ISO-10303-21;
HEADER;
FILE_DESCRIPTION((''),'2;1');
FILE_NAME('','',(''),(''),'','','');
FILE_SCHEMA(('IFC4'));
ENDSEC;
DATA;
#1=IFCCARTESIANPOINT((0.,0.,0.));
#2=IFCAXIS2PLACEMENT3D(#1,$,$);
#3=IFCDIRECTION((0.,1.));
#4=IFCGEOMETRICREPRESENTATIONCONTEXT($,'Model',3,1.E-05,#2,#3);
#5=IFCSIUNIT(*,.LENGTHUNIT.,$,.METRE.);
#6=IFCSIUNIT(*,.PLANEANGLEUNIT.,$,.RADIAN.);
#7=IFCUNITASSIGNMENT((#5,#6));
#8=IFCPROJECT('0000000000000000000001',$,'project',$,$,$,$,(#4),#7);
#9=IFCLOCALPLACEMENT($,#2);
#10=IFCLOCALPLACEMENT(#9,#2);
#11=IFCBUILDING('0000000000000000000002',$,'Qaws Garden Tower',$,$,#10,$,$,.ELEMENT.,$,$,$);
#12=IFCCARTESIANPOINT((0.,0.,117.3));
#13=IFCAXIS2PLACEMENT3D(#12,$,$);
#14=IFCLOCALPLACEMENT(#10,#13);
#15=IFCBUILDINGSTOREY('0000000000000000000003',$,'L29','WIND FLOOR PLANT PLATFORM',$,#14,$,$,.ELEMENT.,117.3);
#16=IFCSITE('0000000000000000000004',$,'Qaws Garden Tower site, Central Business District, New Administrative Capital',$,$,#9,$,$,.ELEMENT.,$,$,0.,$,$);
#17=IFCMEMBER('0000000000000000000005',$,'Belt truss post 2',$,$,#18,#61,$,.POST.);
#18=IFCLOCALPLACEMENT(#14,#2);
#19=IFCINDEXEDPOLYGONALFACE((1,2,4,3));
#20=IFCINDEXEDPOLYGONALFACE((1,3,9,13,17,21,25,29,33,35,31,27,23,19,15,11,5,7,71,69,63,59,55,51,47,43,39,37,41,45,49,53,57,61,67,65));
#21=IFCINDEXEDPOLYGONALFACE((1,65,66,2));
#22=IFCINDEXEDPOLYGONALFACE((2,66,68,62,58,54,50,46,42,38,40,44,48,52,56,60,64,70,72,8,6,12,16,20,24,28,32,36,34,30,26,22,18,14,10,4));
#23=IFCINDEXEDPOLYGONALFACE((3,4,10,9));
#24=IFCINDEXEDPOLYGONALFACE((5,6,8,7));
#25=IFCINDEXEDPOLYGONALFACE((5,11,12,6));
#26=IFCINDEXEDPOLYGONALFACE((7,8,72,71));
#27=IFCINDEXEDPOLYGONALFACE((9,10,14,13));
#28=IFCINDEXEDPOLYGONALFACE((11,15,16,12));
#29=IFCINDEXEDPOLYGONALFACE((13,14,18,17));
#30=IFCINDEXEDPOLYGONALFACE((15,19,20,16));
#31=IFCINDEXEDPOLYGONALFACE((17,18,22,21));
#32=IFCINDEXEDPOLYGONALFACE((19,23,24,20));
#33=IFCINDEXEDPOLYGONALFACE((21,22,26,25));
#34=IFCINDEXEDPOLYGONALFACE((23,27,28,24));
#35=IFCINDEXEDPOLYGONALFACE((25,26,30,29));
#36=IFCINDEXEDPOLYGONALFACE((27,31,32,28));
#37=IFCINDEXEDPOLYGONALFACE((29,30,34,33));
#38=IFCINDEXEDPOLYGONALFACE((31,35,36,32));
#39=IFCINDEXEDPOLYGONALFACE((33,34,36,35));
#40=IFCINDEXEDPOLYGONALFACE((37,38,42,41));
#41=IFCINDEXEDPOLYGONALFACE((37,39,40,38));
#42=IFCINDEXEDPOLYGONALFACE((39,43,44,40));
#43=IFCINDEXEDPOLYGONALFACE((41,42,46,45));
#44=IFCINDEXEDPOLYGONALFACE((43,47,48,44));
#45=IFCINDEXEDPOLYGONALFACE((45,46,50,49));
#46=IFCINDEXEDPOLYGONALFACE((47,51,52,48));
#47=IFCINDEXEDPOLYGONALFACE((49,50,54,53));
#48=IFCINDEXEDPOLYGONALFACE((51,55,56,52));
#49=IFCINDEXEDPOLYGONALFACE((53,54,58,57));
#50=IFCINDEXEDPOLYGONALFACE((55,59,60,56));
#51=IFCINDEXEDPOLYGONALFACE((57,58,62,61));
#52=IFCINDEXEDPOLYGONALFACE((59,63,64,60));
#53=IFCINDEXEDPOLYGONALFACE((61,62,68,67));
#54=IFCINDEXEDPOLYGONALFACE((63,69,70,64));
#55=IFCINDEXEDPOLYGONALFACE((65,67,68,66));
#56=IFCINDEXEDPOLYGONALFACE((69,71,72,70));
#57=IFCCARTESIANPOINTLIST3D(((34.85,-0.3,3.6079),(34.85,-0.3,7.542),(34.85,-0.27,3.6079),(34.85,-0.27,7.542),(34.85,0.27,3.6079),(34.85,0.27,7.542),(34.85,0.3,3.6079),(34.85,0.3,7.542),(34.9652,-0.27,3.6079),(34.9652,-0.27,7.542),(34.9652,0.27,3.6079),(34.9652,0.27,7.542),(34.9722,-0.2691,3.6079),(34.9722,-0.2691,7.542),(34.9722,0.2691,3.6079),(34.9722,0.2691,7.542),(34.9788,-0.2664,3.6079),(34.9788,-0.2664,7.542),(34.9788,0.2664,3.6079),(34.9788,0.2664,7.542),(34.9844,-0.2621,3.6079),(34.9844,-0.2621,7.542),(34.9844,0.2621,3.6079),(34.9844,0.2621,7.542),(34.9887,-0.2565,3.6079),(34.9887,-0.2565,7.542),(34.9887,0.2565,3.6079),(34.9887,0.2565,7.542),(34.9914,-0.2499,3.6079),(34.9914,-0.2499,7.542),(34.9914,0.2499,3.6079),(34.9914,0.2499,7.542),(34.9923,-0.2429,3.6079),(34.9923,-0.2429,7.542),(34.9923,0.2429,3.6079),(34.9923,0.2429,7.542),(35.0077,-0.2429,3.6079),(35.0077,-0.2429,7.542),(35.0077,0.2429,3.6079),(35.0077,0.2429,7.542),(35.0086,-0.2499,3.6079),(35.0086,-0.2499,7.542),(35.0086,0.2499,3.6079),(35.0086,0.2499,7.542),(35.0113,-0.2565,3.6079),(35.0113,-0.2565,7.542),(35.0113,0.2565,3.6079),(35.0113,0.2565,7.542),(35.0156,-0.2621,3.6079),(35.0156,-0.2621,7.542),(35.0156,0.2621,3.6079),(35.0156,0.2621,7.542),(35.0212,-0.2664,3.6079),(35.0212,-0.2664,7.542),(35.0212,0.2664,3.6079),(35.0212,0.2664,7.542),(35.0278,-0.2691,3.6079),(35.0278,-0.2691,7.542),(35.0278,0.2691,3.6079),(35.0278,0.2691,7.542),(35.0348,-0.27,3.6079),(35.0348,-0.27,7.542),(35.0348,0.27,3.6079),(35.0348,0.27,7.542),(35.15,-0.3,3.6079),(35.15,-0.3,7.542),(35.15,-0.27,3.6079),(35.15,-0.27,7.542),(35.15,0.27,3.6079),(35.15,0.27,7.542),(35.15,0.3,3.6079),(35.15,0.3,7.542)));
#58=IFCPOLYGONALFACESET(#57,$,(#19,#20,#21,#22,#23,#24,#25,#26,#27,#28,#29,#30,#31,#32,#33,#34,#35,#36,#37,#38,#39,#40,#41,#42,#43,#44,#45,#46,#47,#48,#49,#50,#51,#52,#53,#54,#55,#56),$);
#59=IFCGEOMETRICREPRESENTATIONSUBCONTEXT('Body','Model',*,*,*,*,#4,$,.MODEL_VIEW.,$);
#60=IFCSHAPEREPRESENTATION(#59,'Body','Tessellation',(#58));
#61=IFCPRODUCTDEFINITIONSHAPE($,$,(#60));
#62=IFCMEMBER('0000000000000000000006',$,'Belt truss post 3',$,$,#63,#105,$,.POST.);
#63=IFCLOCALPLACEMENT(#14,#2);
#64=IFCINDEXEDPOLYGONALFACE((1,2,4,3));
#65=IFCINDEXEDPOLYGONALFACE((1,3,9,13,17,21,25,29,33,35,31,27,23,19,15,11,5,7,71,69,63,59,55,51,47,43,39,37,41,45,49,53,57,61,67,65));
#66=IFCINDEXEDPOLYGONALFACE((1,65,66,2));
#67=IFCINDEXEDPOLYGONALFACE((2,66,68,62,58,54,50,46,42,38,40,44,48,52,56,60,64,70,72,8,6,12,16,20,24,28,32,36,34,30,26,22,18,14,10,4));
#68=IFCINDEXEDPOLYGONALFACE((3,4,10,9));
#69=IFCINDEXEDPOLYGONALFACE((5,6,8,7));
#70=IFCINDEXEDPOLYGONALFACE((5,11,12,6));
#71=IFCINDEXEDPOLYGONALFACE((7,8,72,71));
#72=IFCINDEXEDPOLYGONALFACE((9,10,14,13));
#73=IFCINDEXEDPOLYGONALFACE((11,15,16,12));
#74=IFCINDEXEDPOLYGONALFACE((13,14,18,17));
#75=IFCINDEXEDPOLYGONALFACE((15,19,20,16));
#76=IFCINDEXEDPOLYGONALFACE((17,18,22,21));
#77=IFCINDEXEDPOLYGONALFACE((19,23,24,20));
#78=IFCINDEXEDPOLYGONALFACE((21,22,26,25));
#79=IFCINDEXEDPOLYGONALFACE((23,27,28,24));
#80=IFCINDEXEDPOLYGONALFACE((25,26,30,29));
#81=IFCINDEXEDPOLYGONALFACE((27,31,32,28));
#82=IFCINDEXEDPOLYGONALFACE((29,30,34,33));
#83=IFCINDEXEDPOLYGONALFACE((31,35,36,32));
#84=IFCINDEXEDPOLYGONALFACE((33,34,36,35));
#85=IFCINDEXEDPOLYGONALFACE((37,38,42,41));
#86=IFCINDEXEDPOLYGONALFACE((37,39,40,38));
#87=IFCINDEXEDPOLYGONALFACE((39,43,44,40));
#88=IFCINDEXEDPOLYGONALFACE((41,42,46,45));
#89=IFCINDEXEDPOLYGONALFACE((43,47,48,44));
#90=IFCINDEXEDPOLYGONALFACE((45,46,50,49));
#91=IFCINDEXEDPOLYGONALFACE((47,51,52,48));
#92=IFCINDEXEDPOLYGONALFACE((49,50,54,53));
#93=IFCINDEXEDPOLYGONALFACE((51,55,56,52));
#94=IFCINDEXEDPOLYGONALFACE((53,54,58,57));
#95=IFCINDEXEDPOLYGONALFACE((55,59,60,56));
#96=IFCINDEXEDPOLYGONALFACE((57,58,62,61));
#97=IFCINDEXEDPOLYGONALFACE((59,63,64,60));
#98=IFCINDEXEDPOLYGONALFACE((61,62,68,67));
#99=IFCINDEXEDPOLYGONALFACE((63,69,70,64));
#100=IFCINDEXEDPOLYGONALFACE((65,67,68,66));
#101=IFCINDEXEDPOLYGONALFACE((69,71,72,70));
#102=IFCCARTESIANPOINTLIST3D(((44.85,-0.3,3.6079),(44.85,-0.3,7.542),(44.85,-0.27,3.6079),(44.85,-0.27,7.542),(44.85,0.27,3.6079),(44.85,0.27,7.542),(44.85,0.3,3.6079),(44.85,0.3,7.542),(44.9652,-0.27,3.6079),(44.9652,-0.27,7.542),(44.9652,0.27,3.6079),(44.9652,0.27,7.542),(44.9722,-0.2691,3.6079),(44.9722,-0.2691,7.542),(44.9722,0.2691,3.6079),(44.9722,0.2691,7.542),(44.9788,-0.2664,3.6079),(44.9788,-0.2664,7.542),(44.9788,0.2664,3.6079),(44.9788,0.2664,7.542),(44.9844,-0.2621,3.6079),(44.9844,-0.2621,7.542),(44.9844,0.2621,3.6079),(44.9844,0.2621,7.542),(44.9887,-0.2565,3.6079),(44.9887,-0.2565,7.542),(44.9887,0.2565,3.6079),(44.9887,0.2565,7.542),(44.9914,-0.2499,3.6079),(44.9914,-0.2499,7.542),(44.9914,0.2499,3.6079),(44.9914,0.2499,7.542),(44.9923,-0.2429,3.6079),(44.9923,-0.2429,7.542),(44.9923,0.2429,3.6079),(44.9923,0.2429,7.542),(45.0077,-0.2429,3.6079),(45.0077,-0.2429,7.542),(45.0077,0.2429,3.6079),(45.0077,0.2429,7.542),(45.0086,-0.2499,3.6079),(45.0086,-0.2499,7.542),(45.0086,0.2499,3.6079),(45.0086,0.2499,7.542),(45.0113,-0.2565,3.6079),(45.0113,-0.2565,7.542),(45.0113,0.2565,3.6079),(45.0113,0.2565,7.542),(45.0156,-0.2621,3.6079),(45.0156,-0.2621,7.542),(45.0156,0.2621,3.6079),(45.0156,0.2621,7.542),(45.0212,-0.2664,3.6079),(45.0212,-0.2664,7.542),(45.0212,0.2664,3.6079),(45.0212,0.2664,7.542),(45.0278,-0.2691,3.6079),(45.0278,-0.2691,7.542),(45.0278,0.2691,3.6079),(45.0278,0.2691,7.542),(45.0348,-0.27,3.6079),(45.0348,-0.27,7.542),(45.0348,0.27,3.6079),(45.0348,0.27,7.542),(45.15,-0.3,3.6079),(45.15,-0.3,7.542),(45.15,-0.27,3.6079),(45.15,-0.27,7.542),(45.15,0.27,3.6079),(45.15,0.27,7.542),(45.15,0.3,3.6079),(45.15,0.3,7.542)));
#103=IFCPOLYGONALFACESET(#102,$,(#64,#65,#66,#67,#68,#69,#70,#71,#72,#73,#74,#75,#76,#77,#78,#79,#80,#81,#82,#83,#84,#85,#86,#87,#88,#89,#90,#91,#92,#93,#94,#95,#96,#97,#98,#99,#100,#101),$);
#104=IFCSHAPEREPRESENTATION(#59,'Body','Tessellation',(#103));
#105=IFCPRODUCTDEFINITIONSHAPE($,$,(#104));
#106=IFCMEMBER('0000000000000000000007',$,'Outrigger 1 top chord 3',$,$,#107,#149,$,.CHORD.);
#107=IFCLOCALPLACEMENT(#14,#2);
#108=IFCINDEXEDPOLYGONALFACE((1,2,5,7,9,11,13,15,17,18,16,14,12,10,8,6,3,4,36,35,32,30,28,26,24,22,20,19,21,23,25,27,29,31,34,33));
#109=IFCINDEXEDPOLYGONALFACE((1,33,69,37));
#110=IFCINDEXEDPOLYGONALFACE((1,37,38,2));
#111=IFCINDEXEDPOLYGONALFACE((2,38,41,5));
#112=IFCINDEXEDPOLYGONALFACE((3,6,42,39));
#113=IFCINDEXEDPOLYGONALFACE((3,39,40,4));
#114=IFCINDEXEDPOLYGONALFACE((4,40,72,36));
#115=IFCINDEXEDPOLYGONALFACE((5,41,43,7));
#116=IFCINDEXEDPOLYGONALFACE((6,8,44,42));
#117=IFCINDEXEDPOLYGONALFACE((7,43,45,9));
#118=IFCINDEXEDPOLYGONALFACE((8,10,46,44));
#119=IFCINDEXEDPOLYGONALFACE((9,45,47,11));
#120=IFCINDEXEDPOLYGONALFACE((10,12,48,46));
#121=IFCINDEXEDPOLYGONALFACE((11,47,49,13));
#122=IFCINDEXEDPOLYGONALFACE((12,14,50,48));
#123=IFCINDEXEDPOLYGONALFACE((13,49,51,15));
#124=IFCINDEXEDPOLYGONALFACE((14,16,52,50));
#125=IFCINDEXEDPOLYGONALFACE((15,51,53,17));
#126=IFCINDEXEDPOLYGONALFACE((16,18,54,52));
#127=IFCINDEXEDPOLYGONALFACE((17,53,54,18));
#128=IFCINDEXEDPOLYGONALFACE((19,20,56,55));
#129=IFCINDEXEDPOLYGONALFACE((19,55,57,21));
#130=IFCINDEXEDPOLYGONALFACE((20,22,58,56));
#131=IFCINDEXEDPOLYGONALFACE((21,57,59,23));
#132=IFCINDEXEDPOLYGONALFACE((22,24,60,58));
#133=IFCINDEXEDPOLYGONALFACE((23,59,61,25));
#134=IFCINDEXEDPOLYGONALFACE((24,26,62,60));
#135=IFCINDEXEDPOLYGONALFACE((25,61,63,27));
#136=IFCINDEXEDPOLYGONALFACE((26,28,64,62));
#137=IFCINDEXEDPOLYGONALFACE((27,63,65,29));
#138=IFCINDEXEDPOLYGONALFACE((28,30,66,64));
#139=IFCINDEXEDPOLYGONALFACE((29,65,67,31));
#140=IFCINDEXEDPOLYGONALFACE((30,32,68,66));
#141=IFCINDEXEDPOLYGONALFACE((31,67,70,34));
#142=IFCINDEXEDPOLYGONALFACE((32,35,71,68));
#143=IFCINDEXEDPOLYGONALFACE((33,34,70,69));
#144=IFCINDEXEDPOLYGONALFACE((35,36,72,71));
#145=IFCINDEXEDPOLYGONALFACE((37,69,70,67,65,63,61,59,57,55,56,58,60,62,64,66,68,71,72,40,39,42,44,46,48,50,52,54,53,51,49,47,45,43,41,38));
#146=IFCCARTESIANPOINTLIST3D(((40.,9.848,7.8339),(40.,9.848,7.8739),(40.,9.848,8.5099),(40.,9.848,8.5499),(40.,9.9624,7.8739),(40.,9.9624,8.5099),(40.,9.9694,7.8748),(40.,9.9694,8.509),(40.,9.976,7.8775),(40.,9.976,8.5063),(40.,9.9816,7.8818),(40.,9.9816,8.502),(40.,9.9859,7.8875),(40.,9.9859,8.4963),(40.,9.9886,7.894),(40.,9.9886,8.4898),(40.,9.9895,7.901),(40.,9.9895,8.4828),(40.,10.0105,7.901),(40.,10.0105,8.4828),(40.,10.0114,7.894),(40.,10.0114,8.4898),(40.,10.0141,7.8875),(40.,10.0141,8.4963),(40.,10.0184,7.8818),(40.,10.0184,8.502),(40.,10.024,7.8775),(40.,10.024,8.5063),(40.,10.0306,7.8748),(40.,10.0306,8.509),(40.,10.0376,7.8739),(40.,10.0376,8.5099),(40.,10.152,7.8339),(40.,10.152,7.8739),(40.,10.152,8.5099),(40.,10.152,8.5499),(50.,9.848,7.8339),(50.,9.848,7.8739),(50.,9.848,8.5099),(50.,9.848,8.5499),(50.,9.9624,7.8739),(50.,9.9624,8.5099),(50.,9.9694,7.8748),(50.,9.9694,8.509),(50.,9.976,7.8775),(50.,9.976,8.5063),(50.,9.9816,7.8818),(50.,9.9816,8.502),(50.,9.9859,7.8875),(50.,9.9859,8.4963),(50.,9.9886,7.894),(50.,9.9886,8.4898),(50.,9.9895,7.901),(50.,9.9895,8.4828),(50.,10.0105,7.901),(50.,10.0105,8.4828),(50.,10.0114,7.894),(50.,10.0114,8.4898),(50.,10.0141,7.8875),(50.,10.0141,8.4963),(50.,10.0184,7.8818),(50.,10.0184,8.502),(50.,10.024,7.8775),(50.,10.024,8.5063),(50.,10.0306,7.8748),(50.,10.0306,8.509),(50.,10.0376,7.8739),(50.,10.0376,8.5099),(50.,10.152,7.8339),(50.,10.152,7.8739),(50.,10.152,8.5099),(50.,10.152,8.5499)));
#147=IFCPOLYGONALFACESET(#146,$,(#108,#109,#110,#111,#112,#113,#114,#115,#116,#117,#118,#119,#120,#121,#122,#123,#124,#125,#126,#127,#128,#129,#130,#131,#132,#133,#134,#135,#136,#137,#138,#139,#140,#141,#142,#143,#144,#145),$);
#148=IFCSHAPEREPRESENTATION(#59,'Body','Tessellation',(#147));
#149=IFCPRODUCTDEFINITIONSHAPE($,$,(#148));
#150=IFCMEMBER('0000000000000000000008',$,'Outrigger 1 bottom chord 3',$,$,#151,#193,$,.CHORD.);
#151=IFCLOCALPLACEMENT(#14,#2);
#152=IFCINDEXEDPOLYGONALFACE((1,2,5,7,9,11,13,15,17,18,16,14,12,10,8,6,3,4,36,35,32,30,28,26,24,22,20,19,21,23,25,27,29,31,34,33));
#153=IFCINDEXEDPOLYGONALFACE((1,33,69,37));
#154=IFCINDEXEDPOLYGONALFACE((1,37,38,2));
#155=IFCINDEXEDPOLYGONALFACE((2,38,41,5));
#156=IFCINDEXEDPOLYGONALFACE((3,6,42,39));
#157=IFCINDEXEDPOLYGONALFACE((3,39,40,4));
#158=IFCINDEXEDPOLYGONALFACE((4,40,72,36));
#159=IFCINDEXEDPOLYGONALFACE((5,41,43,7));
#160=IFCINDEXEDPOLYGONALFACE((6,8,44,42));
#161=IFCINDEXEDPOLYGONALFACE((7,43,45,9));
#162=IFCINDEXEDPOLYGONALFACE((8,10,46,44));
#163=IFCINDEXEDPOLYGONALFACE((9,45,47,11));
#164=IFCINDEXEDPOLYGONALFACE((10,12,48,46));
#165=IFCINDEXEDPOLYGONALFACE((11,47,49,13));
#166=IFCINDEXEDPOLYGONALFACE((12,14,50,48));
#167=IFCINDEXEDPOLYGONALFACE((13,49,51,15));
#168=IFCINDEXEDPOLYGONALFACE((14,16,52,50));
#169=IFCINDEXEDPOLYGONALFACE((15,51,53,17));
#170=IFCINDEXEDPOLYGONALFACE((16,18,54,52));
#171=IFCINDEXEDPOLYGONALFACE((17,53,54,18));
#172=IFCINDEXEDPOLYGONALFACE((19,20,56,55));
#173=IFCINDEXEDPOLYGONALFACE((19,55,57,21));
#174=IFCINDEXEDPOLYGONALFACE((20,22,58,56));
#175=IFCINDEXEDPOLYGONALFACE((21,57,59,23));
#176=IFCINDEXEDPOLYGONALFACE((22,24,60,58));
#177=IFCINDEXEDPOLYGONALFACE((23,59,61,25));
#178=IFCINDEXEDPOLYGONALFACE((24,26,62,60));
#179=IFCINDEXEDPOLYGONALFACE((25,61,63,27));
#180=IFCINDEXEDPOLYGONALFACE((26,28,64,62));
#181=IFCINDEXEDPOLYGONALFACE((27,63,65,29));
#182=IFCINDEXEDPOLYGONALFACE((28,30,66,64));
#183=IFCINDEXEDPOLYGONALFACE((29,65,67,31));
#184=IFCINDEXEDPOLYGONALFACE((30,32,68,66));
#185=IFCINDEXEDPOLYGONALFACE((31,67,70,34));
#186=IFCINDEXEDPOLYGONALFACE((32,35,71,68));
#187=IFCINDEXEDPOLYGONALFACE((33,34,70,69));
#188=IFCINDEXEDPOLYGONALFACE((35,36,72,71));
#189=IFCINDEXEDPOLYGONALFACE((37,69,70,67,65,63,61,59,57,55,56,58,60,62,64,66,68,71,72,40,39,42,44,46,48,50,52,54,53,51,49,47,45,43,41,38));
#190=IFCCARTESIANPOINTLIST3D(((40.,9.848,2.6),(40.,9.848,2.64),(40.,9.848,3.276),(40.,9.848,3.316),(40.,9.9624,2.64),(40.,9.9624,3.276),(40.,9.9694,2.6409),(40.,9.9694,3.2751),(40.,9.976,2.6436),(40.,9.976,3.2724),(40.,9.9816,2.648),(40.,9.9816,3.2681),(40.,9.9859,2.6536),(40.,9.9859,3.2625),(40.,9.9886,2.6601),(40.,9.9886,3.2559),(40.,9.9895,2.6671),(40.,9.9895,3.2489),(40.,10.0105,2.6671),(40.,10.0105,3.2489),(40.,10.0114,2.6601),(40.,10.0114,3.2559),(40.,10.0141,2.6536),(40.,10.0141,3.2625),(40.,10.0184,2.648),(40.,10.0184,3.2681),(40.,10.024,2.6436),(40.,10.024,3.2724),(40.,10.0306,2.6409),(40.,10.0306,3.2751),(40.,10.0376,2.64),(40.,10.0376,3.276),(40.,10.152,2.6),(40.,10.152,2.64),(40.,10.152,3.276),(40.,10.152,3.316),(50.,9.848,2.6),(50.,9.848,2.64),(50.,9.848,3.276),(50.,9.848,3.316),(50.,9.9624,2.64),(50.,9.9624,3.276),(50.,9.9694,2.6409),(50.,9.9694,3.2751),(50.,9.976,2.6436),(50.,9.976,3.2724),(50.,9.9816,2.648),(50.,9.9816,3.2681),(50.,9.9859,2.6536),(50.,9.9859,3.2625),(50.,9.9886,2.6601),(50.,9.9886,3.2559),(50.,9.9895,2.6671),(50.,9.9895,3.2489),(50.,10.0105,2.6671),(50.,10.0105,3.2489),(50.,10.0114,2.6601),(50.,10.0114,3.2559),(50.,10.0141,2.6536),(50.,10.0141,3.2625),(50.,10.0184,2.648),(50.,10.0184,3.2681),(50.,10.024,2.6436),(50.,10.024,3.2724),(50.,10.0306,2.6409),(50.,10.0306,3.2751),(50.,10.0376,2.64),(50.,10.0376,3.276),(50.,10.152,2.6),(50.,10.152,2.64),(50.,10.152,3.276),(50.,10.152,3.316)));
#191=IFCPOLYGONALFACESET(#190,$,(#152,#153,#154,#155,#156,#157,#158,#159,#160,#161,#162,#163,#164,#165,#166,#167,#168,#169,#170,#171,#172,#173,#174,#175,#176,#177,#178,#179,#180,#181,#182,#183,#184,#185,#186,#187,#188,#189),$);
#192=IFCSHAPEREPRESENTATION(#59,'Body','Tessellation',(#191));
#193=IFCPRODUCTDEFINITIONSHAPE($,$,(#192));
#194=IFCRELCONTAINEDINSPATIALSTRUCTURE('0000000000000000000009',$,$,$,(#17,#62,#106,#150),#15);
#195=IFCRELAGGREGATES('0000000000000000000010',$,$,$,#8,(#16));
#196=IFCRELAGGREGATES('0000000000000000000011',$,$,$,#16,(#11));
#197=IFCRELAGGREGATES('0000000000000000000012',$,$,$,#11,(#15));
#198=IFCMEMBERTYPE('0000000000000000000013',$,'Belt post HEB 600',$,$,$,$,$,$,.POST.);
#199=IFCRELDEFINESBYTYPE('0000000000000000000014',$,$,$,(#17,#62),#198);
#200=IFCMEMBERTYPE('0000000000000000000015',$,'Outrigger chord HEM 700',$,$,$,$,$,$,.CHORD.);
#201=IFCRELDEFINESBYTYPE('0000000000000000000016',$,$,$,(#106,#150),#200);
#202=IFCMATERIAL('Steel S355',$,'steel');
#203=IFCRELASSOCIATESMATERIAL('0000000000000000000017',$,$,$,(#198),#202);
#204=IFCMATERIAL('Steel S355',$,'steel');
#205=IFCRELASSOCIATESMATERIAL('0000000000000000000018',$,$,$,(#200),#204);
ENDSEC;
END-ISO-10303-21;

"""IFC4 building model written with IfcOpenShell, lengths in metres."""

from ifc_helpers import new_model, si_unit, direction, frame, origin, origin_2d, place, context, subcontext, project, spatial, i_section, extrude, material, material_profile, profile_set, type_object, element, save


model = new_model("IFC4")

# Units and contexts
model_context = context("Model", 3, precision=1e-05, world=origin(), true_north=direction((0.0, 1.0)))
body_context = subcontext(model_context, "Body", "Model", "MODEL_VIEW")
ifc_project = project(units=[si_unit("LENGTHUNIT", "METRE"), si_unit("PLANEANGLEUNIT", "RADIAN")], contexts=[model_context])

# Site, building, storey
site_placement = place(None, origin())
site = spatial("IfcSite", under=ifc_project, at=site_placement, Name="Qaws Garden Tower site, Central Business District, New Administrative Capital", CompositionType="ELEMENT", RefElevation=0.0)
building_placement = place(site_placement, origin())
building = spatial("IfcBuilding", under=site, at=building_placement, Name="Qaws Garden Tower", CompositionType="ELEMENT")
storey_placement = place(building_placement, frame((0.0, 0.0, 117.3)))
storey = spatial("IfcBuildingStorey", under=building, at=storey_placement, Name="L29", Description="WIND FLOOR PLANT PLATFORM", CompositionType="ELEMENT", Elevation=117.3)

# Members
ifc_material_1 = material(Name="Steel S355", Category="steel")
ifc_material_profile_1 = material_profile(ifc_material_1, i_section(OverallWidth=0.3, OverallDepth=0.6001, WebThickness=0.0154, FlangeThickness=0.03, FilletRadius=0.0271, at=origin_2d()), Name="HEB 600")
ifc_profile_set_1 = profile_set([ifc_material_profile_1], Name="Steel S355")
member_type_1 = type_object("IfcMemberType", Name="Belt post HEB 600", PredefinedType="POST", material=ifc_profile_set_1)
placement_1 = place(storey_placement, frame((35.0, 0.0, 3.6079), z_axis=(0.0, 0.0, 1.0), x_axis=(1.0, 0.0, 0.0)))
element("IfcMember", 1, at=placement_1, inside=storey, type_object=member_type_1, Name="Belt truss post 2", PredefinedType="POST", context=body_context, shape_type="SweptSolid", body=[
    extrude(i_section(OverallWidth=0.3, OverallDepth=0.6001, WebThickness=0.0154, FlangeThickness=0.03, FilletRadius=0.0271, at=origin_2d()), origin(), (0.0, 0.0, 1.0), 3.9341),
])
placement_2 = place(storey_placement, frame((45.0, 0.0, 3.6079), z_axis=(0.0, 0.0, 1.0), x_axis=(1.0, 0.0, 0.0)))
element("IfcMember", 2, at=placement_2, inside=storey, type_object=member_type_1, Name="Belt truss post 3", PredefinedType="POST", context=body_context, shape_type="SweptSolid", body=[
    extrude(i_section(OverallWidth=0.3, OverallDepth=0.6001, WebThickness=0.0154, FlangeThickness=0.03, FilletRadius=0.0271, at=origin_2d()), origin(), (0.0, 0.0, 1.0), 3.9341),
])
ifc_material_2 = material(Name="Steel S355", Category="steel")
ifc_material_profile_2 = material_profile(ifc_material_2, i_section(OverallWidth=0.304, OverallDepth=0.7161, WebThickness=0.021, FlangeThickness=0.04, FilletRadius=0.0271, at=origin_2d()), Name="HEM 700")
ifc_profile_set_2 = profile_set([ifc_material_profile_2], Name="Steel S355")
member_type_2 = type_object("IfcMemberType", Name="Outrigger chord HEM 700", PredefinedType="CHORD", material=ifc_profile_set_2)
for number, where, z_axis, x_axis, name in (
    (3, (40.0, 10.0, 8.1919), (1.0, 0.0, 0.0), (0.0, 1.0, 0.0), "Outrigger 1 top chord 3"),
    (4, (40.0, 10.0, 2.958), (1.0, 0.0, 0.0), (0.0, 1.0, 0.0), "Outrigger 1 bottom chord 3"),
):
    element("IfcMember", number, at=place(storey_placement, frame(where, z_axis=z_axis, x_axis=x_axis)), inside=storey, type_object=member_type_2, Name=name, PredefinedType="CHORD", context=body_context, shape_type="SweptSolid", body=[
        extrude(i_section(OverallWidth=0.304, OverallDepth=0.7161, WebThickness=0.021, FlangeThickness=0.04, FilletRadius=0.0271, at=origin_2d()), origin(), (0.0, 0.0, 1.0), 10.0),
    ])

save(model, "model.ifc")
